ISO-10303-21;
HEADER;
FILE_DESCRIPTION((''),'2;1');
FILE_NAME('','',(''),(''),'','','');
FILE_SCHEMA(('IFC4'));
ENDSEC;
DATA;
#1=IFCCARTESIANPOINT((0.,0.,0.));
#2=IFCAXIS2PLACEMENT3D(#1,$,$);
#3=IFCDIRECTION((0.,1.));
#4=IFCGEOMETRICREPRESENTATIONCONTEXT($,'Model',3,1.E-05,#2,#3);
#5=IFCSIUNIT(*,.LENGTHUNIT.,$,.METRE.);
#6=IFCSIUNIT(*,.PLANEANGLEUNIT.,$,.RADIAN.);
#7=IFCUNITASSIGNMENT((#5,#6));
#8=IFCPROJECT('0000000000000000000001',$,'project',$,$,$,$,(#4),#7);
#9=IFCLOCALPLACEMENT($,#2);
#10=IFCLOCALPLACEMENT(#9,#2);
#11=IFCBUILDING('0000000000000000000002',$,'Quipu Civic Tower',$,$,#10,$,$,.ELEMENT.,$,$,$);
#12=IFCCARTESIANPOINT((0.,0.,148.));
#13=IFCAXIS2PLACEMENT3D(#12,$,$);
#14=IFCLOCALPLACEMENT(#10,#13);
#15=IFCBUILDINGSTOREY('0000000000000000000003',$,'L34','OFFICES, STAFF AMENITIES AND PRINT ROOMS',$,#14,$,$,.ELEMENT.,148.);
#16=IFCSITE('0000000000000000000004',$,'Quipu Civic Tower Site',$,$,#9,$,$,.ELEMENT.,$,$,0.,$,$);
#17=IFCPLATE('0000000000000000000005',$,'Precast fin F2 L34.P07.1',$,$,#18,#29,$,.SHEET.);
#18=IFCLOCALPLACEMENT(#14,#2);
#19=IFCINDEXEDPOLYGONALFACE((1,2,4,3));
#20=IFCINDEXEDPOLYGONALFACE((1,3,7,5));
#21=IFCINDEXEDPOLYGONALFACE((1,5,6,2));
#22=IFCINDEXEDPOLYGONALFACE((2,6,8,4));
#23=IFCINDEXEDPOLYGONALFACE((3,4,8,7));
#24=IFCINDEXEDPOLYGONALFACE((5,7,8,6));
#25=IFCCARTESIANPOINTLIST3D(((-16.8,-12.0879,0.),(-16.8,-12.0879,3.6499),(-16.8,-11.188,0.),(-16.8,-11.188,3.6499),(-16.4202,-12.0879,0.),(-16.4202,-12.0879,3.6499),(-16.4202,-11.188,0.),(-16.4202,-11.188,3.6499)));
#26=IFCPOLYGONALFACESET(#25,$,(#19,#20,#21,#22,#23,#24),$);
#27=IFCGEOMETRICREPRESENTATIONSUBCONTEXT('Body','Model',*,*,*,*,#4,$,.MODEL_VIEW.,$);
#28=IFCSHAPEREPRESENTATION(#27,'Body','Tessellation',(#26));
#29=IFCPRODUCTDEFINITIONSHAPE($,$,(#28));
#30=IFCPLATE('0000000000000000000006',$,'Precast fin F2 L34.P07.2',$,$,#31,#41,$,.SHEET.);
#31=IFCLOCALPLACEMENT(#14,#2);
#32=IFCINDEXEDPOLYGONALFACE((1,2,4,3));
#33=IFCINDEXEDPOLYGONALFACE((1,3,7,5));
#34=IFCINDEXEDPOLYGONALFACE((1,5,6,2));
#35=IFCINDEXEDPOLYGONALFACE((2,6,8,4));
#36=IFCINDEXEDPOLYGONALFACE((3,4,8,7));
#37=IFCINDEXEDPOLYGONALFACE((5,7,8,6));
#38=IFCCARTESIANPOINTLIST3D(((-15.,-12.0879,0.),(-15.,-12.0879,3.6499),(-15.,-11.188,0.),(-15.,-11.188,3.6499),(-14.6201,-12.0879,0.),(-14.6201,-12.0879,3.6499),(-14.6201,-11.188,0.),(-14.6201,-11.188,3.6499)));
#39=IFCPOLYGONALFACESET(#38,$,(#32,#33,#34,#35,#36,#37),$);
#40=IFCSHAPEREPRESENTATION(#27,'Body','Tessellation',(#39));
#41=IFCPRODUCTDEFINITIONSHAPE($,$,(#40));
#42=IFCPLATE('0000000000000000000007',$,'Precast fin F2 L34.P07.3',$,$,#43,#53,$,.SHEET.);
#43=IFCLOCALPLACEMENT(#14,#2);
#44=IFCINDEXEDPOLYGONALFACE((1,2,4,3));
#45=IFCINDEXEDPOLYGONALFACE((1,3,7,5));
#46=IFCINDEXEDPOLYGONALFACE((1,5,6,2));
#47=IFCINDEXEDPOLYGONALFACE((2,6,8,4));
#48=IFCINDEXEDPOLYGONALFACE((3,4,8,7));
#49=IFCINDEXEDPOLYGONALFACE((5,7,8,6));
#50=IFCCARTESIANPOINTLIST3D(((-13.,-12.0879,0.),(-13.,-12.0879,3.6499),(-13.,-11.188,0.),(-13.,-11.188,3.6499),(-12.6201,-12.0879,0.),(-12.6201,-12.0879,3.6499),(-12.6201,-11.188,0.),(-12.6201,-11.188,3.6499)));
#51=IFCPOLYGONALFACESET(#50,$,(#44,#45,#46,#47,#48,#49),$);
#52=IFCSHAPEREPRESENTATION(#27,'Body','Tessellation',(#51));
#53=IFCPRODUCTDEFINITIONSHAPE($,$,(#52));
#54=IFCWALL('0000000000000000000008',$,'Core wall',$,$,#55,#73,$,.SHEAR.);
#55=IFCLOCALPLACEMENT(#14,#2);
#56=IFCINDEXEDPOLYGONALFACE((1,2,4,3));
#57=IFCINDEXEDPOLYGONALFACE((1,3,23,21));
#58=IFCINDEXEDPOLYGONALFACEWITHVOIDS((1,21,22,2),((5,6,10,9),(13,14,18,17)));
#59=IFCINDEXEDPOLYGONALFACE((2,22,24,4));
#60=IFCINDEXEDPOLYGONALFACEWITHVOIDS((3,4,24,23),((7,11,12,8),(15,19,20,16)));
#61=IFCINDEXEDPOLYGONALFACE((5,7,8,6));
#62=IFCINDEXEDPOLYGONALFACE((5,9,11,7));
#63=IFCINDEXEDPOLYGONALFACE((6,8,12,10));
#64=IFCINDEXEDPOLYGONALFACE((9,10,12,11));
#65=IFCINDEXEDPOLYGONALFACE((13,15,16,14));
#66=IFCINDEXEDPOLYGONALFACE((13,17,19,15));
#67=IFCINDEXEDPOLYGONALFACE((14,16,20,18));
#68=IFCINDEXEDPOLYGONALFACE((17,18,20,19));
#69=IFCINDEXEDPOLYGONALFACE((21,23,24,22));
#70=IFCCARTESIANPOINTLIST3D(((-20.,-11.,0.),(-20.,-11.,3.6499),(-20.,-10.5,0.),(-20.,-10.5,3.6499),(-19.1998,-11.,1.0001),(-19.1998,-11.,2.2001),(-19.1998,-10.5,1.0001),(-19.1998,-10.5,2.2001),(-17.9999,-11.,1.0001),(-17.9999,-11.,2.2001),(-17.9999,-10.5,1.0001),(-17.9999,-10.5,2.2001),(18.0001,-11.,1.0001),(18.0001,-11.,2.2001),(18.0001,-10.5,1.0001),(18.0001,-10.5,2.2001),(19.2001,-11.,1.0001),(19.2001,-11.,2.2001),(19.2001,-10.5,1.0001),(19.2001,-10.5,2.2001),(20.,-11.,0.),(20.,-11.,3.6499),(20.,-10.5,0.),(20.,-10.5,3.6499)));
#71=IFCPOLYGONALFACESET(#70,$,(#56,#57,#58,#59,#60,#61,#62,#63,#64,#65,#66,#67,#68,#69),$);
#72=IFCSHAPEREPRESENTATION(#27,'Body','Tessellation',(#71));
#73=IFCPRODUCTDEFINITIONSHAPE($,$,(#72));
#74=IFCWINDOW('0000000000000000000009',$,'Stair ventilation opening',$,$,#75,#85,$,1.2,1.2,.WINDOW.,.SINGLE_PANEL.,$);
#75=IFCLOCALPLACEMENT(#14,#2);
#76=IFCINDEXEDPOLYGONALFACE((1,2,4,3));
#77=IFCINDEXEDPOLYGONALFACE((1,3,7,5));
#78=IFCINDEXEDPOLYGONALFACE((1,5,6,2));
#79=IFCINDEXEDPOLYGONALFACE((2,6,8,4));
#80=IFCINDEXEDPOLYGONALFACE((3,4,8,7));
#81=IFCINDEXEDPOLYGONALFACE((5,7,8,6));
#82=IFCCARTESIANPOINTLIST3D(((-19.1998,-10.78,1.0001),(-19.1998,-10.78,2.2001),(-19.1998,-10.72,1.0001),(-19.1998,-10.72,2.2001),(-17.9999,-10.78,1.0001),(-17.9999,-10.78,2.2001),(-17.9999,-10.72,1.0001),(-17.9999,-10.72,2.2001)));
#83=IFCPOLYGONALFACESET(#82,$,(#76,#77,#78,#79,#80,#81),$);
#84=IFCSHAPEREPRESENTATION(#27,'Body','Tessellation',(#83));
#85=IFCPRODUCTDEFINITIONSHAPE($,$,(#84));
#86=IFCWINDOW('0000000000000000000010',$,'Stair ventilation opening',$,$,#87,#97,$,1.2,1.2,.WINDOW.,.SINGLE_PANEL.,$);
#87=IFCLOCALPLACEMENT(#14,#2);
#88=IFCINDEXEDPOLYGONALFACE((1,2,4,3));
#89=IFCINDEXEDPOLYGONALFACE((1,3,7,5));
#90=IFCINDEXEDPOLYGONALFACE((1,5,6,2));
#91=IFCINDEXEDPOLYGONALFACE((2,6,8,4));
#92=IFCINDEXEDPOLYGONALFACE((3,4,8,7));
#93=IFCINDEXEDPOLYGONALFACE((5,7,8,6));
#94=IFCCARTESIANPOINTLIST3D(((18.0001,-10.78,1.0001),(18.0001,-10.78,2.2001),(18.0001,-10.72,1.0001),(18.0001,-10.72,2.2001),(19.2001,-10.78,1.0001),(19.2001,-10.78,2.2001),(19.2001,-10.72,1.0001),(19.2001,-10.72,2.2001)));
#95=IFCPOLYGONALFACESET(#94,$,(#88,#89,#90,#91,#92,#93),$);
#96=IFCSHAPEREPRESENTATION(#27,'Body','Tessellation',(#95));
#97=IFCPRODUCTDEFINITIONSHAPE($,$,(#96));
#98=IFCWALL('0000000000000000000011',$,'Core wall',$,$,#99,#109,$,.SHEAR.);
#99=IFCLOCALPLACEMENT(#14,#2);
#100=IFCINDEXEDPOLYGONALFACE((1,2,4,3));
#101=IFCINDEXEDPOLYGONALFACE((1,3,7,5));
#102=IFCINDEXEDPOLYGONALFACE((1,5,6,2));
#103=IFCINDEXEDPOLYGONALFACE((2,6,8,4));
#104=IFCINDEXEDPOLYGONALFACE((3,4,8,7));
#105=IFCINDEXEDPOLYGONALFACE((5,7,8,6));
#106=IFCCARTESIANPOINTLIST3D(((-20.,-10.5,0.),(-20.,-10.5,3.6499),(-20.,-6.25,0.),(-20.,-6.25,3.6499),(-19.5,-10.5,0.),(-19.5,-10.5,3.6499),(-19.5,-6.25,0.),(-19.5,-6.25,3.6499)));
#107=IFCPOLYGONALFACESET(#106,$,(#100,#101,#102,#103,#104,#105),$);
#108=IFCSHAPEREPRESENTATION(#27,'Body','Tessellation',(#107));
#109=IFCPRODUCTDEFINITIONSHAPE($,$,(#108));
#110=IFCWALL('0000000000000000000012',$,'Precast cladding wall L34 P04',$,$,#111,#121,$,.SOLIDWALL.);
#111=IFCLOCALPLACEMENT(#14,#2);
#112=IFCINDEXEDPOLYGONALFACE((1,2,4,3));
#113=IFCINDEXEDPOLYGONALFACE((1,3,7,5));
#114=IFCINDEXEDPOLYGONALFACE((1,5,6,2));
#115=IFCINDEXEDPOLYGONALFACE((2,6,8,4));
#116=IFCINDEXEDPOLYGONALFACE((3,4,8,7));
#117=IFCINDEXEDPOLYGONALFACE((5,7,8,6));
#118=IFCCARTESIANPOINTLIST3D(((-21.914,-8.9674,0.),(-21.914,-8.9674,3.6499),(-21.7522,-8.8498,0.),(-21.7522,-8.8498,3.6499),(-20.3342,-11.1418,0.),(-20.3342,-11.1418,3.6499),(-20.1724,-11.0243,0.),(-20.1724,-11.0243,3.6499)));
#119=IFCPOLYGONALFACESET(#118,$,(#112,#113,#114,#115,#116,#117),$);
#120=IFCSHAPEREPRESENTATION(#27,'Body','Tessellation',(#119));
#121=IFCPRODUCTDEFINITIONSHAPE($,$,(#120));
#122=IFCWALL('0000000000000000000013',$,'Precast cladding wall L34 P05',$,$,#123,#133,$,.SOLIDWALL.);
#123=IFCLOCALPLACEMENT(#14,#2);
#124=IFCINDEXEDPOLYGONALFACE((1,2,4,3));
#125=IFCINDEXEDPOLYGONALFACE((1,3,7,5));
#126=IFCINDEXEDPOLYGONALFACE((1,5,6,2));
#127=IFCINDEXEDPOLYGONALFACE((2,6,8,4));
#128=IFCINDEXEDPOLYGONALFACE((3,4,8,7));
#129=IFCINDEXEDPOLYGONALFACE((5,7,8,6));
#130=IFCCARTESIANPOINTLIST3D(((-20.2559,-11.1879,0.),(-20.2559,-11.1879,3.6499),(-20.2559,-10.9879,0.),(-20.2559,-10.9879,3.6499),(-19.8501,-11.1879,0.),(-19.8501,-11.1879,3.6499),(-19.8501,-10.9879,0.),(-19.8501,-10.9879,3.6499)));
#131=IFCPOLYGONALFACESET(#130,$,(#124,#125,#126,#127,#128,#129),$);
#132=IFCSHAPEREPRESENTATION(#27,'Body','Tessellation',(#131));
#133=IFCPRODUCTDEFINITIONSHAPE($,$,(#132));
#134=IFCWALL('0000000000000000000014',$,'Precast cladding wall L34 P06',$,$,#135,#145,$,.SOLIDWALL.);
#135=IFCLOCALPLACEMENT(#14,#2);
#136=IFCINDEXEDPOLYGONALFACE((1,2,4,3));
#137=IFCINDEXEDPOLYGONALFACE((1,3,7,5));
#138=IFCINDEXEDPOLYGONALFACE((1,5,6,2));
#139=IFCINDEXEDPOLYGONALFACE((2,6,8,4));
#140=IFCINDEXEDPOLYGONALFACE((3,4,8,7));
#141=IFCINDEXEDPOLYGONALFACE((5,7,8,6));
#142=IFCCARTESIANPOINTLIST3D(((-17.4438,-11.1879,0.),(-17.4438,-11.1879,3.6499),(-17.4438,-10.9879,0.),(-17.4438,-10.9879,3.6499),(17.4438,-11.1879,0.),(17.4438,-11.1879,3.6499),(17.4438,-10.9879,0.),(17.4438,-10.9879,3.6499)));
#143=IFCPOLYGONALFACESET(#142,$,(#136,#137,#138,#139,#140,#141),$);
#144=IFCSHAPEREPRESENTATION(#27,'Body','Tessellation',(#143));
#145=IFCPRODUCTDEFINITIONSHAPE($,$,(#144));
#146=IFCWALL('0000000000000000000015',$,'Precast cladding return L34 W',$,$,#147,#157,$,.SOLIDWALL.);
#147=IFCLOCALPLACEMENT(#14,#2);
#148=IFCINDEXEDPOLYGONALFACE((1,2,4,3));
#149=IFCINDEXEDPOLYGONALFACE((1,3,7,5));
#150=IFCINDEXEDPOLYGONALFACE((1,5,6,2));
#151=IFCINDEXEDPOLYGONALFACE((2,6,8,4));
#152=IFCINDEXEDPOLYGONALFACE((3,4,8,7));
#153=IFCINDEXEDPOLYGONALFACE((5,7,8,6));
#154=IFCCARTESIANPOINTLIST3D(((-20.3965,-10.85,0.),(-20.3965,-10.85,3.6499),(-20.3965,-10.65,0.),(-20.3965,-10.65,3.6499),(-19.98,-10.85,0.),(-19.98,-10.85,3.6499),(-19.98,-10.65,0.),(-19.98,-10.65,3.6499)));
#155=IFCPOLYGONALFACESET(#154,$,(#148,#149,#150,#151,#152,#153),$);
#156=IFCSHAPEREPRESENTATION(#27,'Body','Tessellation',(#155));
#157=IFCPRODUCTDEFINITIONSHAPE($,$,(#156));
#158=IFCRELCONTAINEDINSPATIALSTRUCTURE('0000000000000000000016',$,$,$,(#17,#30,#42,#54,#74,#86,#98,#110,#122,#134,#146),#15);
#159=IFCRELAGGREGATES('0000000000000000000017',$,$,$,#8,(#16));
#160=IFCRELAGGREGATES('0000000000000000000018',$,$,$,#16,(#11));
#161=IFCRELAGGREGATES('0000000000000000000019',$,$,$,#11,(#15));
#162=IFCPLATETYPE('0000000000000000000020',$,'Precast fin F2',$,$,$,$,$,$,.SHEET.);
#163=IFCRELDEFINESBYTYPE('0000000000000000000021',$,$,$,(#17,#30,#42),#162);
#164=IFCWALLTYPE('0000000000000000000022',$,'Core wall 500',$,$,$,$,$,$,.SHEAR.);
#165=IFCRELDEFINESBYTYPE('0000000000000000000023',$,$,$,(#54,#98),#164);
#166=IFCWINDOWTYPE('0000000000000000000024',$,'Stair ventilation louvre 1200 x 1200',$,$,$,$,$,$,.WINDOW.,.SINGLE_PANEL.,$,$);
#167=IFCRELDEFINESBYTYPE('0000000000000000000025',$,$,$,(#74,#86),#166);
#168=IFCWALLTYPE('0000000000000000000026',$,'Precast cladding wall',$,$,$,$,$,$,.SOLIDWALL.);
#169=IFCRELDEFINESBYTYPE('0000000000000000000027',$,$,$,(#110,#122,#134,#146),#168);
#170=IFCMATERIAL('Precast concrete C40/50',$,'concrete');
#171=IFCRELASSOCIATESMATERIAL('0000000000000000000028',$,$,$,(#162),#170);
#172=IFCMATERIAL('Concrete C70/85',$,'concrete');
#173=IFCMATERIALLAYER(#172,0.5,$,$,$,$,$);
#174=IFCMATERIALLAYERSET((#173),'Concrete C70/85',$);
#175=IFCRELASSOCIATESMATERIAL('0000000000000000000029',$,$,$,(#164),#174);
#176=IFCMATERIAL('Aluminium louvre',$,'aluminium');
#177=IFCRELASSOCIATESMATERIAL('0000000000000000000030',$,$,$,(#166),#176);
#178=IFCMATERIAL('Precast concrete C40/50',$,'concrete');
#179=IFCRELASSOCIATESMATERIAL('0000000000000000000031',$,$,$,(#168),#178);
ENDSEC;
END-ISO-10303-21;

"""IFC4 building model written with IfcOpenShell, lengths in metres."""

from ifc_helpers import new_model, si_unit, direction, frame, frame_2d, origin, origin_2d, place, context, subcontext, project, spatial, rectangle, extrude, material, layer, layer_set, type_object, element, fill, save


model = new_model("IFC4")

# Units and contexts
model_context = context("Model", 3, precision=1e-05, world=origin(), true_north=direction((0.0, 1.0)))
body_context = subcontext(model_context, "Body", "Model", "MODEL_VIEW")
ifc_project = project(units=[si_unit("LENGTHUNIT", "METRE"), si_unit("PLANEANGLEUNIT", "RADIAN")], contexts=[model_context])

# Site, building, storey
site_placement = place(None, origin())
site = spatial("IfcSite", under=ifc_project, at=site_placement, Name="Quipu Civic Tower Site", CompositionType="ELEMENT", RefElevation=0.0)
building_placement = place(site_placement, origin())
building = spatial("IfcBuilding", under=site, at=building_placement, Name="Quipu Civic Tower", CompositionType="ELEMENT")
storey_placement = place(building_placement, frame((0.0, 0.0, 148.0)))
storey = spatial("IfcBuildingStorey", under=building, at=storey_placement, Name="L34", Description="OFFICES, STAFF AMENITIES AND PRINT ROOMS", CompositionType="ELEMENT", Elevation=148.0)

# Plates
ifc_material_1 = material(Name="Precast concrete C40/50", Category="concrete")
plate_type = type_object("IfcPlateType", Name="Precast fin F2", PredefinedType="SHEET", material=ifc_material_1)
for number, where, z_axis, x_axis, name in (
    (1, (-16.6101, -11.6379, 0.0), (0.0, 0.0, 1.0), (1.0, 0.0, 0.0), "Precast fin F2 L34.P07.1"),
    (2, (-14.8101, -11.6379, 0.0), (0.0, 0.0, 1.0), (1.0, 0.0, 0.0), "Precast fin F2 L34.P07.2"),
    (3, (-12.8101, -11.6379, 0.0), (0.0, 0.0, 1.0), (1.0, 0.0, 0.0), "Precast fin F2 L34.P07.3"),
):
    element("IfcPlate", number, at=place(storey_placement, frame(where, z_axis=z_axis, x_axis=x_axis)), inside=storey, type_object=plate_type, Name=name, PredefinedType="SHEET", context=body_context, shape_type="SweptSolid", body=[
        extrude(rectangle(XDim=0.3799, YDim=0.8999, at=origin_2d()), origin(), (0.0, 0.0, 1.0), 3.6499),
    ])

# Wall, openings, windows
ifc_material_2 = material(Name="Concrete C70/85", Category="concrete")
ifc_layer = layer(ifc_material_2, 0.5)
ifc_layer_set = layer_set([ifc_layer], Name="Concrete C70/85")
wall_type_1 = type_object("IfcWallType", Name="Core wall 500", PredefinedType="SHEAR", material=ifc_layer_set)
wall_1_placement = place(storey_placement, frame((-20.0, -10.75, 0.0), z_axis=(0.0, 0.0, 1.0), x_axis=(1.0, 0.0, 0.0)))
wall_1 = element("IfcWall", 4, at=wall_1_placement, inside=storey, type_object=wall_type_1, Name="Core wall", PredefinedType="SHEAR", context=body_context, shape_type="SweptSolid", body=[
    extrude(rectangle(XDim=40.0, YDim=0.5, at=frame_2d((20.0, 0.0))), origin(), (0.0, 0.0, 1.0), 3.6499),
])
opening_1_placement = place(wall_1_placement, frame((0.8, 0.0, 1.0)))
opening_1 = element("IfcOpeningElement", 5, at=opening_1_placement, cuts=wall_1, PredefinedType="OPENING", context=body_context, shape_type="SweptSolid", body=[
    extrude(rectangle(XDim=1.2, YDim=1.2, at=frame_2d((0.6001, 0.6001))), frame((0.0, 0.26, 0.0), z_axis=(0.0, -1.0, 0.0), x_axis=(1.0, 0.0, 0.0)), (0.0, 0.0, 1.0), 0.52),
])
opening_2_placement = place(wall_1_placement, frame((38.0, 0.0, 1.0)))
opening_2 = element("IfcOpeningElement", 6, at=opening_2_placement, cuts=wall_1, PredefinedType="OPENING", context=body_context, shape_type="SweptSolid", body=[
    extrude(rectangle(XDim=1.2, YDim=1.2, at=frame_2d((0.6001, 0.6001))), frame((0.0, 0.26, 0.0), z_axis=(0.0, -1.0, 0.0), x_axis=(1.0, 0.0, 0.0)), (0.0, 0.0, 1.0), 0.52),
])
ifc_material_3 = material(Name="Aluminium louvre", Category="aluminium")
window_type = type_object("IfcWindowType", Name="Stair ventilation louvre 1200 x 1200", PartitioningType="SINGLE_PANEL", PredefinedType="WINDOW", material=ifc_material_3)
window_1_placement = place(opening_1_placement, origin())
window_1 = element("IfcWindow", 7, at=window_1_placement, inside=storey, type_object=window_type, Name="Stair ventilation opening", OverallHeight=1.2, OverallWidth=1.2, PartitioningType="SINGLE_PANEL", PredefinedType="WINDOW", context=body_context, shape_type="SweptSolid", body=[
    extrude(rectangle(XDim=1.2, YDim=1.2, at=frame_2d((0.6001, 0.6001))), frame((0.0, 0.03, 0.0), z_axis=(0.0, -1.0, 0.0), x_axis=(1.0, 0.0, 0.0)), (0.0, 0.0, 1.0), 0.0601),
])
fill(opening_1, window_1)
window_2_placement = place(opening_2_placement, origin())
window_2 = element("IfcWindow", 8, at=window_2_placement, inside=storey, type_object=window_type, Name="Stair ventilation opening", OverallHeight=1.2, OverallWidth=1.2, PartitioningType="SINGLE_PANEL", PredefinedType="WINDOW", context=body_context, shape_type="SweptSolid", body=[
    extrude(rectangle(XDim=1.2, YDim=1.2, at=frame_2d((0.6001, 0.6001))), frame((0.0, 0.03, 0.0), z_axis=(0.0, -1.0, 0.0), x_axis=(1.0, 0.0, 0.0)), (0.0, 0.0, 1.0), 0.0601),
])
fill(opening_2, window_2)

# Walls
wall_2_placement = place(storey_placement, frame((-19.75, -10.5, 0.0), z_axis=(0.0, 0.0, 1.0), x_axis=(0.0, 1.0, 0.0)))
element("IfcWall", 9, at=wall_2_placement, inside=storey, type_object=wall_type_1, Name="Core wall", PredefinedType="SHEAR", context=body_context, shape_type="SweptSolid", body=[
    extrude(rectangle(XDim=4.25, YDim=0.5, at=frame_2d((2.125, 0.0))), origin(), (0.0, 0.0, 1.0), 3.6499),
])
ifc_material_4 = material(Name="Precast concrete C40/50", Category="concrete")
wall_type_2 = type_object("IfcWallType", Name="Precast cladding wall", PredefinedType="SOLIDWALL", material=ifc_material_4)
wall_3_placement = place(storey_placement, frame((-21.833, -8.9087, 0.0), z_axis=(0.0, 0.0, 1.0), x_axis=(0.587767, -0.809031, 0.0)))
element("IfcWall", 10, at=wall_3_placement, inside=storey, type_object=wall_type_2, Name="Precast cladding wall L34 P04", PredefinedType="SOLIDWALL", context=body_context, shape_type="SweptSolid", body=[
    extrude(rectangle(XDim=2.6877, YDim=0.2, at=frame_2d((1.3438, 0.0))), origin(), (0.0, 0.0, 1.0), 3.6499),
])
wall_4_placement = place(storey_placement, frame((-20.2559, -11.0879, 0.0), z_axis=(0.0, 0.0, 1.0), x_axis=(1.0, 0.0, 0.0)))
element("IfcWall", 11, at=wall_4_placement, inside=storey, type_object=wall_type_2, Name="Precast cladding wall L34 P05", PredefinedType="SOLIDWALL", context=body_context, shape_type="SweptSolid", body=[
    extrude(rectangle(XDim=0.4058, YDim=0.2, at=frame_2d((0.2029, 0.0))), origin(), (0.0, 0.0, 1.0), 3.6499),
])
wall_5_placement = place(storey_placement, frame((-17.4438, -11.0879, 0.0), z_axis=(0.0, 0.0, 1.0), x_axis=(1.0, 0.0, 0.0)))
element("IfcWall", 12, at=wall_5_placement, inside=storey, type_object=wall_type_2, Name="Precast cladding wall L34 P06", PredefinedType="SOLIDWALL", context=body_context, shape_type="SweptSolid", body=[
    extrude(rectangle(XDim=34.8877, YDim=0.2, at=frame_2d((17.4438, 0.0))), origin(), (0.0, 0.0, 1.0), 3.6499),
])
wall_6_placement = place(storey_placement, frame((-19.98, -10.75, 0.0), z_axis=(0.0, 0.0, 1.0), x_axis=(-1.0, 0.0, 0.0)))
element("IfcWall", 13, at=wall_6_placement, inside=storey, type_object=wall_type_2, Name="Precast cladding return L34 W", PredefinedType="SOLIDWALL", context=body_context, shape_type="SweptSolid", body=[
    extrude(rectangle(XDim=0.4165, YDim=0.2, at=frame_2d((0.2083, 0.0))), origin(), (0.0, 0.0, 1.0), 3.6499),
])

save(model, "model.ifc")
